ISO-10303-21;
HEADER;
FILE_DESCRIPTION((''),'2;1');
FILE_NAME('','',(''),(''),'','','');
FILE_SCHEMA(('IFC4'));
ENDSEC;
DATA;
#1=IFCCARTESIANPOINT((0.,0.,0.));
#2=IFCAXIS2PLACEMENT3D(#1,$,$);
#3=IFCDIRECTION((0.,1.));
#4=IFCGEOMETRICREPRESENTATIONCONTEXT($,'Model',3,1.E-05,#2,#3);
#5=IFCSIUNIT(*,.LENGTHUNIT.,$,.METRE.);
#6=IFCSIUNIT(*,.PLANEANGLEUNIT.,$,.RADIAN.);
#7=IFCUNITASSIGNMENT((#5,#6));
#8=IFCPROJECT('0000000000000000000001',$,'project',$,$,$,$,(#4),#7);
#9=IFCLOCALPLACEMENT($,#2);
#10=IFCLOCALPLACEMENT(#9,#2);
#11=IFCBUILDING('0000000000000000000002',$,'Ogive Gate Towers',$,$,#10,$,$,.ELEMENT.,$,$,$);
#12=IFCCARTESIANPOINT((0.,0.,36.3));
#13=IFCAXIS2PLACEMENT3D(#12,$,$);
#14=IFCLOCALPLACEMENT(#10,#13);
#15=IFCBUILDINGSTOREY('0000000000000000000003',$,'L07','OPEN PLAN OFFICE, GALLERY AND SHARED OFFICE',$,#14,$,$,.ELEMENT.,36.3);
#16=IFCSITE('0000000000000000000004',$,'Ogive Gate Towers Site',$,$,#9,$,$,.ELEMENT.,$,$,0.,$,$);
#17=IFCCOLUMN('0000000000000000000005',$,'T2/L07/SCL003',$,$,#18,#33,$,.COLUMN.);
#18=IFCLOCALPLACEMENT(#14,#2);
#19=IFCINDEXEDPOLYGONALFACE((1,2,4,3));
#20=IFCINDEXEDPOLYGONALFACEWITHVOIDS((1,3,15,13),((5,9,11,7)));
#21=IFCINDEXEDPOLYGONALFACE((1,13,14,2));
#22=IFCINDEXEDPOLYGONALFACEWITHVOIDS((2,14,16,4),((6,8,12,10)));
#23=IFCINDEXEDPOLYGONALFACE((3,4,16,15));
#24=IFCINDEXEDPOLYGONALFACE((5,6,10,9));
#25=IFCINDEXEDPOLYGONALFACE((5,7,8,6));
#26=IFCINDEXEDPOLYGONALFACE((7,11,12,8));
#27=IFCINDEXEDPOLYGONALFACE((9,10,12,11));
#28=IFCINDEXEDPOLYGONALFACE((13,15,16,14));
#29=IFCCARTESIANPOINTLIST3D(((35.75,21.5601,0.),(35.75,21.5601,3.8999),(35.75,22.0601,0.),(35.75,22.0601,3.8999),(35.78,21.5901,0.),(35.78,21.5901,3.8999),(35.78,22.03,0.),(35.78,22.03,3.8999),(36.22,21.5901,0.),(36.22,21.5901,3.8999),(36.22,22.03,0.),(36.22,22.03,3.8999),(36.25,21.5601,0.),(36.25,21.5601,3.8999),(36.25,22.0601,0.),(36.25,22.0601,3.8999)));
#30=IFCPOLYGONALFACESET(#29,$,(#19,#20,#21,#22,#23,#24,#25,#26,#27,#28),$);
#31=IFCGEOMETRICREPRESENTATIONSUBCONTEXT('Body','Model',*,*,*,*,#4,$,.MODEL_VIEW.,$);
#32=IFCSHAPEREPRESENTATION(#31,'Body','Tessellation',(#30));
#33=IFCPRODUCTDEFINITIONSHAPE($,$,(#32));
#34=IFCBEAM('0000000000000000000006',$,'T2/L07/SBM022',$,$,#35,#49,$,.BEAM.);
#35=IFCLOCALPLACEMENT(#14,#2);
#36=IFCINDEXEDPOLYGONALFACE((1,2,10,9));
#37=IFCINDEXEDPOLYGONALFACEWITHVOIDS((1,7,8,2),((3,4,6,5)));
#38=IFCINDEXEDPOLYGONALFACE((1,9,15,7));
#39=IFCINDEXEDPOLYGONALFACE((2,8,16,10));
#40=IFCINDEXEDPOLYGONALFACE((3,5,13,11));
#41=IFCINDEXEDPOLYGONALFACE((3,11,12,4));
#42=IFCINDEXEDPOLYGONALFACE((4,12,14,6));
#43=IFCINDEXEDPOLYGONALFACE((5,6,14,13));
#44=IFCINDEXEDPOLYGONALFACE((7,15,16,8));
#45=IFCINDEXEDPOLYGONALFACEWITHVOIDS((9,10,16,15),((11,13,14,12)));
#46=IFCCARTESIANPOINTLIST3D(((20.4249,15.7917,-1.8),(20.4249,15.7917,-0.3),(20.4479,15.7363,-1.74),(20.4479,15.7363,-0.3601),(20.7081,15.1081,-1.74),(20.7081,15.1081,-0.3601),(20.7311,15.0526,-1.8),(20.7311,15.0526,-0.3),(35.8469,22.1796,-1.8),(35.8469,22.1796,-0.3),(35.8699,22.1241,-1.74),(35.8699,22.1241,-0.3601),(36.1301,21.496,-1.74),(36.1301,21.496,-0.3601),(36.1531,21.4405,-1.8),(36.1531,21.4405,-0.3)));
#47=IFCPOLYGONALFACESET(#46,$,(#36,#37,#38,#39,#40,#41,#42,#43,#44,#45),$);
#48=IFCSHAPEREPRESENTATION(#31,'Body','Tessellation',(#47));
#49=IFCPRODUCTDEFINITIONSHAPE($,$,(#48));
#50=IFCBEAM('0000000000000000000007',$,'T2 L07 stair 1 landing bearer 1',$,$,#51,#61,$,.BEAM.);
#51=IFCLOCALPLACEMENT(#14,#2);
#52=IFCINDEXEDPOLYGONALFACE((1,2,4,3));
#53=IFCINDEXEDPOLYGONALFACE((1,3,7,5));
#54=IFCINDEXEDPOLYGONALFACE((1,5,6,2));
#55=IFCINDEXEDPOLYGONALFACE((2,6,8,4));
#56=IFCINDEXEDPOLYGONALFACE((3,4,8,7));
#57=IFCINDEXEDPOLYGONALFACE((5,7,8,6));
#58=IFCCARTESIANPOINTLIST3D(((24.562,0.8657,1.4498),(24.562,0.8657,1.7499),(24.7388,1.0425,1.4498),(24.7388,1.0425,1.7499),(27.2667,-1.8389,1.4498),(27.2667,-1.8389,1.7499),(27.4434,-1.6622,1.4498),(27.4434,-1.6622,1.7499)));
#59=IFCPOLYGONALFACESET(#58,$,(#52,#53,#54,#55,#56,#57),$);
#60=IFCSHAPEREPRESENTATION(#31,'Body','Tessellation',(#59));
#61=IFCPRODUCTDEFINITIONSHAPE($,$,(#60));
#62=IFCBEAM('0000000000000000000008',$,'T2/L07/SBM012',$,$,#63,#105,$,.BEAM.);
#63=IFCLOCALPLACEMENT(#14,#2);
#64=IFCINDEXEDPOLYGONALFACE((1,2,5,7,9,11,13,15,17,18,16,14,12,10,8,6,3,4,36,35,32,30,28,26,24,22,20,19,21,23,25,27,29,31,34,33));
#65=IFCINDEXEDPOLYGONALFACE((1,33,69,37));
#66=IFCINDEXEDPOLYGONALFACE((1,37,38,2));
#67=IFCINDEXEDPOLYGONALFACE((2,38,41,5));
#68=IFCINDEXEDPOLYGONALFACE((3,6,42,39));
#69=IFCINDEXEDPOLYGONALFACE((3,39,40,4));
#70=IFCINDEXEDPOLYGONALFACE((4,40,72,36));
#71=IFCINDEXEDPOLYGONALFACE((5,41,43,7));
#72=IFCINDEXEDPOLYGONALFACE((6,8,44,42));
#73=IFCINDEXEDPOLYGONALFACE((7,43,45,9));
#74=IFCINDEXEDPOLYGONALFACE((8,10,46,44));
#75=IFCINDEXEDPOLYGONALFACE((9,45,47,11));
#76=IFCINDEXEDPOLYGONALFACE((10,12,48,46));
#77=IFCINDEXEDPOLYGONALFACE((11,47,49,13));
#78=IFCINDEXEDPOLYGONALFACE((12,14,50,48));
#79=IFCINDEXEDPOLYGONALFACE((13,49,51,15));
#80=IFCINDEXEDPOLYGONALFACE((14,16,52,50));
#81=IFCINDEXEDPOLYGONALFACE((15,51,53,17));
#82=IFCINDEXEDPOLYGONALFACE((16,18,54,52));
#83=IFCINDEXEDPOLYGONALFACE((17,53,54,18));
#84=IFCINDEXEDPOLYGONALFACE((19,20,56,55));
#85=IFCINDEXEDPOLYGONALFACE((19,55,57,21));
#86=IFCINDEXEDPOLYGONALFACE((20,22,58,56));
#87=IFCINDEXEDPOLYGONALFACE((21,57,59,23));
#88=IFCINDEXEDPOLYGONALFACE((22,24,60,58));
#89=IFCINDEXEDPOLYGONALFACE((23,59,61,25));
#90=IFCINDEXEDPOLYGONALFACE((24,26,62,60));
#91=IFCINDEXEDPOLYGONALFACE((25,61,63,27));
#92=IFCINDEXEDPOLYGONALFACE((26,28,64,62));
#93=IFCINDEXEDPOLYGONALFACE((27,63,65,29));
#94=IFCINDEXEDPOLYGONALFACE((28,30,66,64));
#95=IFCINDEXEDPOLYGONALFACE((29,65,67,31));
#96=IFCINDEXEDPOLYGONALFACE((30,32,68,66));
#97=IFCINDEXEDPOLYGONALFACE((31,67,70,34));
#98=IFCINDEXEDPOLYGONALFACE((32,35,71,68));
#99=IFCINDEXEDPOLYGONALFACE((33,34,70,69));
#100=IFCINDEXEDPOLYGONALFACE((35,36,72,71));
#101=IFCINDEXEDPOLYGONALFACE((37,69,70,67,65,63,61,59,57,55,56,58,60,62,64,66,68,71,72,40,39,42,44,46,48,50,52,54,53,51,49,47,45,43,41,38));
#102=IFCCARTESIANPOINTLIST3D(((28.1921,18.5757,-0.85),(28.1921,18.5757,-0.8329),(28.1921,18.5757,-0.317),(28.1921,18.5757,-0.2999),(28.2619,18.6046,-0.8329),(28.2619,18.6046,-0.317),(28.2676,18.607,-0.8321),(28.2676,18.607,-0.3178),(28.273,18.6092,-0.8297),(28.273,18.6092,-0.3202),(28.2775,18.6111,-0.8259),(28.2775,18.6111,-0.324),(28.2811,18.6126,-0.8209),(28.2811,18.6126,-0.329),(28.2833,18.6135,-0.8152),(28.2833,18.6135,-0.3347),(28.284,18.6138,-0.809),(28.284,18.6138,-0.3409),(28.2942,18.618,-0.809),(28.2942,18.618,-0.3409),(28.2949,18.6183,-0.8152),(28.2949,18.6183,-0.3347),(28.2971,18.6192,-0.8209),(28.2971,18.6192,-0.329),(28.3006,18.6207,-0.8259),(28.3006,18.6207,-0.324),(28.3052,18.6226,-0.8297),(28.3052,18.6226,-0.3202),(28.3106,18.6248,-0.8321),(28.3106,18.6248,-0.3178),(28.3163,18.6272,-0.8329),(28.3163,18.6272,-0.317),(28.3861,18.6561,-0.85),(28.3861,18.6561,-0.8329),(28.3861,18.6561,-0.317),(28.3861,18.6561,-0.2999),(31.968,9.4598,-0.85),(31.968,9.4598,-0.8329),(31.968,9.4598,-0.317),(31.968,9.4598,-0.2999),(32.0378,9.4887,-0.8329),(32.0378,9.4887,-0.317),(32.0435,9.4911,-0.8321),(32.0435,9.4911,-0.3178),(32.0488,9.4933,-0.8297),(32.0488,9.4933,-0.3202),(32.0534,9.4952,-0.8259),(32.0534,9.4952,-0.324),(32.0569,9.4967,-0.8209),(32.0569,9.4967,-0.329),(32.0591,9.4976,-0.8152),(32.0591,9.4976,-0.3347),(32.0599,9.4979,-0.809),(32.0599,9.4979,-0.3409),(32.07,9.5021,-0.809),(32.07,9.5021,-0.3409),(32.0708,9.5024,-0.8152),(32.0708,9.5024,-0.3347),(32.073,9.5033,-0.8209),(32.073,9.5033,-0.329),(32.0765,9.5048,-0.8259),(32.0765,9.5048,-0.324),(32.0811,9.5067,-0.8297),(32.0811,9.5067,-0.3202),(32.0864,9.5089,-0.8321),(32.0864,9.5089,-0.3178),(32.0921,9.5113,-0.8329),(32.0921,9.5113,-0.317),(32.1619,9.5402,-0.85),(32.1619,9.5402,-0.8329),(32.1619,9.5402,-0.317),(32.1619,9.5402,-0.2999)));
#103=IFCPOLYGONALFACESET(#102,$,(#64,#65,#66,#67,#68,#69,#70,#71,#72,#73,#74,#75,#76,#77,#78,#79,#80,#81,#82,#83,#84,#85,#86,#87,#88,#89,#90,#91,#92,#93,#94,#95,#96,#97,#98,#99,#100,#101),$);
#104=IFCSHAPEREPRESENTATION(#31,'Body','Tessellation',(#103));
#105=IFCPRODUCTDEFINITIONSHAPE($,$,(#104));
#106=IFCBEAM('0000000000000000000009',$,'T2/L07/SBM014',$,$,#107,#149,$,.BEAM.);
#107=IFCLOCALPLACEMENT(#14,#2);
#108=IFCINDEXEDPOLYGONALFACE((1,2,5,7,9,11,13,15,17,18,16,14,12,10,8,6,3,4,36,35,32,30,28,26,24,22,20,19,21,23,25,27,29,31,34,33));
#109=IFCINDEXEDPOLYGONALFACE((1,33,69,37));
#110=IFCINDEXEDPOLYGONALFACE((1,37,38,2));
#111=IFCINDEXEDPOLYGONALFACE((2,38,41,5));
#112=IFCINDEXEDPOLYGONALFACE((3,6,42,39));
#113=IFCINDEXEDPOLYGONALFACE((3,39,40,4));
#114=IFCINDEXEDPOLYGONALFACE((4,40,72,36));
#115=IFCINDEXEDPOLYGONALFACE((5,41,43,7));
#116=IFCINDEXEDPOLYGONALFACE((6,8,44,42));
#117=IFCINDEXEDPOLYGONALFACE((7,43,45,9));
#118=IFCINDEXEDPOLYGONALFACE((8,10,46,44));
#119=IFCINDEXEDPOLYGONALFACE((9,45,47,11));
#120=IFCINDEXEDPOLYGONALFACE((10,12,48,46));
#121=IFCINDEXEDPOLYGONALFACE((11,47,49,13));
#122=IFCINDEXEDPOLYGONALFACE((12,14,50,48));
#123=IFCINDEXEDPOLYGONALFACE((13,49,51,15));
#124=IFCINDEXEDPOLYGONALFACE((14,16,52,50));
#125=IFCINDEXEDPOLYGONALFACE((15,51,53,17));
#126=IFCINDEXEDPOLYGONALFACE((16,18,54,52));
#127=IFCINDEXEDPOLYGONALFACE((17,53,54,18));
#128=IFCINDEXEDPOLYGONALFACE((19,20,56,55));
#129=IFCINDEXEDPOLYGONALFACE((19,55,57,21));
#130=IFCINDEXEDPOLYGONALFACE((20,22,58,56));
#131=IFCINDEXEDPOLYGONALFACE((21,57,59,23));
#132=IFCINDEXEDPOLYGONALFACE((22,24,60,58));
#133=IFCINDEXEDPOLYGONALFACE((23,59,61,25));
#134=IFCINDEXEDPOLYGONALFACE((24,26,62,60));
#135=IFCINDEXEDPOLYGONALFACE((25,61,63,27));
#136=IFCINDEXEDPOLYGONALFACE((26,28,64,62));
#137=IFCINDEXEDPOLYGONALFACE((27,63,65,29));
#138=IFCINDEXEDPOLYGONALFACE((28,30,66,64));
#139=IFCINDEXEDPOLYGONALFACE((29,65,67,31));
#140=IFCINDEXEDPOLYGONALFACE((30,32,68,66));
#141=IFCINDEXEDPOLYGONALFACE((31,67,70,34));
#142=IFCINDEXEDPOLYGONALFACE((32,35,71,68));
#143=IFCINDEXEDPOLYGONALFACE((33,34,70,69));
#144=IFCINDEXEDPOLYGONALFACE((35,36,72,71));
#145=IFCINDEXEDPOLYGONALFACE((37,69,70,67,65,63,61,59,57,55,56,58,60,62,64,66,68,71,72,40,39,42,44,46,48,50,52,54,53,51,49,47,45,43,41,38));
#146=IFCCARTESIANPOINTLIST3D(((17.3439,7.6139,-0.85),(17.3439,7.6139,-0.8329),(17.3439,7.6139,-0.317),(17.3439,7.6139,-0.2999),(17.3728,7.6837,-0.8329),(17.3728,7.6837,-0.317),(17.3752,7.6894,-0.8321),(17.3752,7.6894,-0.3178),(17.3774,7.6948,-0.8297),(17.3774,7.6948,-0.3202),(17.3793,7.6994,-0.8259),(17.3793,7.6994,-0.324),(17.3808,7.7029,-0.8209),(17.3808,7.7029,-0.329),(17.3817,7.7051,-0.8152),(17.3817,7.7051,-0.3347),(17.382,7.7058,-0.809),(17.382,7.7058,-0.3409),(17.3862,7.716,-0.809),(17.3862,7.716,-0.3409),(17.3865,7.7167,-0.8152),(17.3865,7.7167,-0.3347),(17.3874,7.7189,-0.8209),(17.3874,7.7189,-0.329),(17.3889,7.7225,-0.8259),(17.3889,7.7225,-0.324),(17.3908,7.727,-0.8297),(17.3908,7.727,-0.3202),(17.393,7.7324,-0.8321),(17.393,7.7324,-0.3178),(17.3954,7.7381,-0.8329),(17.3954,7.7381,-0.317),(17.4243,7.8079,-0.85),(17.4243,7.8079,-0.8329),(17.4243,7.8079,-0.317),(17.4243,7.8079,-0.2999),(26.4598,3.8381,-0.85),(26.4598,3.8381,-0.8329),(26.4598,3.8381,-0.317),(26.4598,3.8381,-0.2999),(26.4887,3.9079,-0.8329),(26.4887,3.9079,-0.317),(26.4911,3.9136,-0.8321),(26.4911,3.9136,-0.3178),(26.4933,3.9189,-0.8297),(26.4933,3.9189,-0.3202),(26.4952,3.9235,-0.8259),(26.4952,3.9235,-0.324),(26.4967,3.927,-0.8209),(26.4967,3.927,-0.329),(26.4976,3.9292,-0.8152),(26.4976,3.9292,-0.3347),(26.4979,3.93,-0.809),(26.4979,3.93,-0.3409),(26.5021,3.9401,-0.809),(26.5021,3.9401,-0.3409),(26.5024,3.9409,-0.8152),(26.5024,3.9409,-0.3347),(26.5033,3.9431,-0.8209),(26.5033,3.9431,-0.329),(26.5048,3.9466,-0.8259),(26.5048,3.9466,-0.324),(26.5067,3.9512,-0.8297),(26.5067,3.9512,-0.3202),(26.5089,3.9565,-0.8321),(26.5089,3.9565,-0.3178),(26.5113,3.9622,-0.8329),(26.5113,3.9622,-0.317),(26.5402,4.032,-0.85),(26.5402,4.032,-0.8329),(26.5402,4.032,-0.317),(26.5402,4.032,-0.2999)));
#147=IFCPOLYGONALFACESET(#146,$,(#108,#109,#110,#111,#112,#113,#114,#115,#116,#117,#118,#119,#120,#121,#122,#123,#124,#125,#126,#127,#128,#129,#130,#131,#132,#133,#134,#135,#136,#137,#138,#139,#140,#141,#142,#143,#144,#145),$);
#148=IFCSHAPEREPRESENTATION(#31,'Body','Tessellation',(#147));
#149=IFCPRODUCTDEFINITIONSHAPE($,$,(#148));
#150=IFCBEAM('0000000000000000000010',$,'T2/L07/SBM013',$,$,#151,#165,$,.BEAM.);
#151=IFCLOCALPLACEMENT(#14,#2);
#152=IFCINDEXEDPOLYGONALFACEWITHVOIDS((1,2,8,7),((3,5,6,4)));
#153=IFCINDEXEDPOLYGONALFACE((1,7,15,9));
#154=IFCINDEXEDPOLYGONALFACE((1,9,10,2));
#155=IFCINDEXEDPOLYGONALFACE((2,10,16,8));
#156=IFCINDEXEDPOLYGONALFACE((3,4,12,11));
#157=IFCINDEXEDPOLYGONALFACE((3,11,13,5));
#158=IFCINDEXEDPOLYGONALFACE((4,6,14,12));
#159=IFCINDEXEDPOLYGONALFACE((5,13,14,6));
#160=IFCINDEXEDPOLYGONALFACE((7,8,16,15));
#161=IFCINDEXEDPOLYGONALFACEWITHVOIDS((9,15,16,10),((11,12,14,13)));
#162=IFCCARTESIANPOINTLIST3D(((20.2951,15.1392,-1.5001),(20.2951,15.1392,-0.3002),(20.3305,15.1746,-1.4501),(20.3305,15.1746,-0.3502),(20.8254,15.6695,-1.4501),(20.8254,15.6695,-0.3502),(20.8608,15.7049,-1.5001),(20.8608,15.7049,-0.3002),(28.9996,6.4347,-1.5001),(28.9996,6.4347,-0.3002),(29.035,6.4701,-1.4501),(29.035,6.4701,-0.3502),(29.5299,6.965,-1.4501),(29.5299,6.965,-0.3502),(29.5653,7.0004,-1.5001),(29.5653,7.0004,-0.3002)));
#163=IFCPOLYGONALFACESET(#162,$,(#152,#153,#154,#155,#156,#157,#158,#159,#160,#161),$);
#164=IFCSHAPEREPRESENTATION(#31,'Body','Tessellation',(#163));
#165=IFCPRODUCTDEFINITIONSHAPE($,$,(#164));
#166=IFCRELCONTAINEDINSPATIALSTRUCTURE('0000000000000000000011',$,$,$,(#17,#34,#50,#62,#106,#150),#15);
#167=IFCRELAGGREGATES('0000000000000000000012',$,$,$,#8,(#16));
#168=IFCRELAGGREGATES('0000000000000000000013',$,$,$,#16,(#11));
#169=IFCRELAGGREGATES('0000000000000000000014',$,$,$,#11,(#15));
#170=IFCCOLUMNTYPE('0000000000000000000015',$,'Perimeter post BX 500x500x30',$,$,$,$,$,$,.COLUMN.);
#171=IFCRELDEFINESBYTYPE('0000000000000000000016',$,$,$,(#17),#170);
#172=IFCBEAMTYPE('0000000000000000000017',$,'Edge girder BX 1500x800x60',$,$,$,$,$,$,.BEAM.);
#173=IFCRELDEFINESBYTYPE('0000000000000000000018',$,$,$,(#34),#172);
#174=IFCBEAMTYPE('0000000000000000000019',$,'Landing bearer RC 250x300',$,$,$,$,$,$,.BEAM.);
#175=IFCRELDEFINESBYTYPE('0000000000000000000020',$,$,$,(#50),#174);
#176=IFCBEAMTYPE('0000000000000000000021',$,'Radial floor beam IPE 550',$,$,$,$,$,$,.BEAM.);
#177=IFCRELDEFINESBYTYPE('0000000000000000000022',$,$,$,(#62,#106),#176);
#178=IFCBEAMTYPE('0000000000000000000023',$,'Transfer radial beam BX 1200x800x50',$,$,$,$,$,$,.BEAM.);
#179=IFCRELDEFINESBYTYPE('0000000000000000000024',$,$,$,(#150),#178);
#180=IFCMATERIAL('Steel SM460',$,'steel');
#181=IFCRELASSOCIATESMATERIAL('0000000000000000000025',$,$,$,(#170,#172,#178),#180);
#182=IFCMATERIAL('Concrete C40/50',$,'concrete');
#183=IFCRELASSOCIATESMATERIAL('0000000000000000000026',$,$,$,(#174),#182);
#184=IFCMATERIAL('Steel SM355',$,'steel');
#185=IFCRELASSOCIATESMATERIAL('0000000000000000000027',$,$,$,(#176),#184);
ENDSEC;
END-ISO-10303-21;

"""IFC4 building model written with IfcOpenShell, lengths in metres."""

from ifc_helpers import new_model, si_unit, direction, frame, origin, origin_2d, place, context, subcontext, project, spatial, rectangle, hollow_rectangle, i_section, extrude, material, material_profile, profile_set, type_object, element, save


model = new_model("IFC4")

# Units and contexts
model_context = context("Model", 3, precision=1e-05, world=origin(), true_north=direction((0.0, 1.0)))
body_context = subcontext(model_context, "Body", "Model", "MODEL_VIEW")
ifc_project = project(units=[si_unit("LENGTHUNIT", "METRE"), si_unit("PLANEANGLEUNIT", "RADIAN")], contexts=[model_context])

# Site, building, storey
site_placement = place(None, origin())
site = spatial("IfcSite", under=ifc_project, at=site_placement, Name="Ogive Gate Towers Site", CompositionType="ELEMENT", RefElevation=0.0)
building_placement = place(site_placement, origin())
building = spatial("IfcBuilding", under=site, at=building_placement, Name="Ogive Gate Towers", CompositionType="ELEMENT")
storey_placement = place(building_placement, frame((0.0, 0.0, 36.3)))
storey = spatial("IfcBuildingStorey", under=building, at=storey_placement, Name="L07", Description="OPEN PLAN OFFICE, GALLERY AND SHARED OFFICE", CompositionType="ELEMENT", Elevation=36.3)

# Column
ifc_material_1 = material(Name="Steel SM460", Category="steel")
ifc_material_profile_1 = material_profile(ifc_material_1, hollow_rectangle(XDim=0.5, YDim=0.5, WallThickness=0.03, at=origin_2d()), Name="BX 500x500x30")
ifc_profile_set_1 = profile_set([ifc_material_profile_1], Name="Steel SM460")
column_type = type_object("IfcColumnType", Name="Perimeter post BX 500x500x30", PredefinedType="COLUMN", material=ifc_profile_set_1)
column_placement = place(storey_placement, frame((36.0, 21.8101, 0.0), z_axis=(0.0, 0.0, 1.0), x_axis=(1.0, 0.0, 0.0)))
element("IfcColumn", 1, at=column_placement, inside=storey, type_object=column_type, Name="T2/L07/SCL003", PredefinedType="COLUMN", context=body_context, shape_type="SweptSolid", body=[
    extrude(hollow_rectangle(XDim=0.5, YDim=0.5, WallThickness=0.03, at=origin_2d()), origin(), (0.0, 0.0, 1.0), 3.8999),
])

# Beams
ifc_material_profile_2 = material_profile(ifc_material_1, hollow_rectangle(XDim=0.8, YDim=1.5, WallThickness=0.0601, at=origin_2d()), Name="BX 1500x800x60")
ifc_profile_set_2 = profile_set([ifc_material_profile_2], Name="Steel SM460")
beam_type_1 = type_object("IfcBeamType", Name="Edge girder BX 1500x800x60", PredefinedType="BEAM", material=ifc_profile_set_2)
beam_1_placement = place(storey_placement, frame((36.0, 21.8101, -1.05), z_axis=(-0.923882, -0.382678, 0.0), x_axis=(0.382678, -0.923882, 0.0)))
element("IfcBeam", 2, at=beam_1_placement, inside=storey, type_object=beam_type_1, Name="T2/L07/SBM022", PredefinedType="BEAM", context=body_context, shape_type="SweptSolid", body=[
    extrude(hollow_rectangle(XDim=0.8, YDim=1.5, WallThickness=0.0601, at=origin_2d()), origin(), (0.0, 0.0, 1.0), 16.6926),
])
ifc_material_2 = material(Name="Concrete C40/50", Category="concrete")
ifc_material_profile_3 = material_profile(ifc_material_2, rectangle(XDim=0.25, YDim=0.3, at=origin_2d()), Name="RC 250x300")
ifc_profile_set_3 = profile_set([ifc_material_profile_3], Name="Concrete C40/50")
beam_type_2 = type_object("IfcBeamType", Name="Landing bearer RC 250x300", PredefinedType="BEAM", material=ifc_profile_set_3)
beam_2_placement = place(storey_placement, frame((24.6504, 0.9541, 1.5999), z_axis=(0.707107, -0.707107, 0.0), x_axis=(0.707107, 0.707107, 0.0)))
element("IfcBeam", 3, at=beam_2_placement, inside=storey, type_object=beam_type_2, Name="T2 L07 stair 1 landing bearer 1", PredefinedType="BEAM", context=body_context, shape_type="SweptSolid", body=[
    extrude(rectangle(XDim=0.25, YDim=0.3, at=origin_2d()), origin(), (0.0, 0.0, 1.0), 3.825),
])
ifc_material_3 = material(Name="Steel SM355", Category="steel")
ifc_material_profile_4 = material_profile(ifc_material_3, i_section(OverallWidth=0.21, OverallDepth=0.55, WebThickness=0.011, FlangeThickness=0.0171, FilletRadius=0.0239, at=origin_2d()), Name="IPE 550")
ifc_profile_set_4 = profile_set([ifc_material_profile_4], Name="Steel SM355")
beam_type_3 = type_object("IfcBeamType", Name="Radial floor beam IPE 550", PredefinedType="BEAM", material=ifc_profile_set_4)
for number, where, z_axis, x_axis, name in (
    (4, (32.0649, 9.5, -0.575), (-0.382677, 0.923882, 0.0), (-0.923882, -0.382677, 0.0), "T2/L07/SBM012"),
    (5, (26.5, 3.9351, -0.575), (-0.923882, 0.382677, 0.0), (-0.382677, -0.923882, 0.0), "T2/L07/SBM014"),
):
    element("IfcBeam", number, at=place(storey_placement, frame(where, z_axis=z_axis, x_axis=x_axis)), inside=storey, type_object=beam_type_3, Name=name, PredefinedType="BEAM", context=body_context, shape_type="SweptSolid", body=[
        extrude(i_section(OverallWidth=0.21, OverallDepth=0.55, WebThickness=0.011, FlangeThickness=0.0171, FilletRadius=0.0239, at=origin_2d()), origin(), (0.0, 0.0, 1.0), 9.8669),
    ])
ifc_material_profile_5 = material_profile(ifc_material_1, hollow_rectangle(XDim=0.8, YDim=1.2, WallThickness=0.05, at=origin_2d()), Name="BX 1200x800x50")
ifc_profile_set_5 = profile_set([ifc_material_profile_5], Name="Steel SM460")
beam_type_4 = type_object("IfcBeamType", Name="Transfer radial beam BX 1200x800x50", PredefinedType="BEAM", material=ifc_profile_set_5)
beam_3_placement = place(storey_placement, frame((29.2825, 6.7175, -0.9001), z_axis=(-0.707107, 0.707107, 0.0), x_axis=(-0.707107, -0.707107, 0.0)))
element("IfcBeam", 6, at=beam_3_placement, inside=storey, type_object=beam_type_4, Name="T2/L07/SBM013", PredefinedType="BEAM", context=body_context, shape_type="SweptSolid", body=[
    extrude(hollow_rectangle(XDim=0.8, YDim=1.2, WallThickness=0.05, at=origin_2d()), origin(), (0.0, 0.0, 1.0), 12.3101),
])

save(model, "model.ifc")
